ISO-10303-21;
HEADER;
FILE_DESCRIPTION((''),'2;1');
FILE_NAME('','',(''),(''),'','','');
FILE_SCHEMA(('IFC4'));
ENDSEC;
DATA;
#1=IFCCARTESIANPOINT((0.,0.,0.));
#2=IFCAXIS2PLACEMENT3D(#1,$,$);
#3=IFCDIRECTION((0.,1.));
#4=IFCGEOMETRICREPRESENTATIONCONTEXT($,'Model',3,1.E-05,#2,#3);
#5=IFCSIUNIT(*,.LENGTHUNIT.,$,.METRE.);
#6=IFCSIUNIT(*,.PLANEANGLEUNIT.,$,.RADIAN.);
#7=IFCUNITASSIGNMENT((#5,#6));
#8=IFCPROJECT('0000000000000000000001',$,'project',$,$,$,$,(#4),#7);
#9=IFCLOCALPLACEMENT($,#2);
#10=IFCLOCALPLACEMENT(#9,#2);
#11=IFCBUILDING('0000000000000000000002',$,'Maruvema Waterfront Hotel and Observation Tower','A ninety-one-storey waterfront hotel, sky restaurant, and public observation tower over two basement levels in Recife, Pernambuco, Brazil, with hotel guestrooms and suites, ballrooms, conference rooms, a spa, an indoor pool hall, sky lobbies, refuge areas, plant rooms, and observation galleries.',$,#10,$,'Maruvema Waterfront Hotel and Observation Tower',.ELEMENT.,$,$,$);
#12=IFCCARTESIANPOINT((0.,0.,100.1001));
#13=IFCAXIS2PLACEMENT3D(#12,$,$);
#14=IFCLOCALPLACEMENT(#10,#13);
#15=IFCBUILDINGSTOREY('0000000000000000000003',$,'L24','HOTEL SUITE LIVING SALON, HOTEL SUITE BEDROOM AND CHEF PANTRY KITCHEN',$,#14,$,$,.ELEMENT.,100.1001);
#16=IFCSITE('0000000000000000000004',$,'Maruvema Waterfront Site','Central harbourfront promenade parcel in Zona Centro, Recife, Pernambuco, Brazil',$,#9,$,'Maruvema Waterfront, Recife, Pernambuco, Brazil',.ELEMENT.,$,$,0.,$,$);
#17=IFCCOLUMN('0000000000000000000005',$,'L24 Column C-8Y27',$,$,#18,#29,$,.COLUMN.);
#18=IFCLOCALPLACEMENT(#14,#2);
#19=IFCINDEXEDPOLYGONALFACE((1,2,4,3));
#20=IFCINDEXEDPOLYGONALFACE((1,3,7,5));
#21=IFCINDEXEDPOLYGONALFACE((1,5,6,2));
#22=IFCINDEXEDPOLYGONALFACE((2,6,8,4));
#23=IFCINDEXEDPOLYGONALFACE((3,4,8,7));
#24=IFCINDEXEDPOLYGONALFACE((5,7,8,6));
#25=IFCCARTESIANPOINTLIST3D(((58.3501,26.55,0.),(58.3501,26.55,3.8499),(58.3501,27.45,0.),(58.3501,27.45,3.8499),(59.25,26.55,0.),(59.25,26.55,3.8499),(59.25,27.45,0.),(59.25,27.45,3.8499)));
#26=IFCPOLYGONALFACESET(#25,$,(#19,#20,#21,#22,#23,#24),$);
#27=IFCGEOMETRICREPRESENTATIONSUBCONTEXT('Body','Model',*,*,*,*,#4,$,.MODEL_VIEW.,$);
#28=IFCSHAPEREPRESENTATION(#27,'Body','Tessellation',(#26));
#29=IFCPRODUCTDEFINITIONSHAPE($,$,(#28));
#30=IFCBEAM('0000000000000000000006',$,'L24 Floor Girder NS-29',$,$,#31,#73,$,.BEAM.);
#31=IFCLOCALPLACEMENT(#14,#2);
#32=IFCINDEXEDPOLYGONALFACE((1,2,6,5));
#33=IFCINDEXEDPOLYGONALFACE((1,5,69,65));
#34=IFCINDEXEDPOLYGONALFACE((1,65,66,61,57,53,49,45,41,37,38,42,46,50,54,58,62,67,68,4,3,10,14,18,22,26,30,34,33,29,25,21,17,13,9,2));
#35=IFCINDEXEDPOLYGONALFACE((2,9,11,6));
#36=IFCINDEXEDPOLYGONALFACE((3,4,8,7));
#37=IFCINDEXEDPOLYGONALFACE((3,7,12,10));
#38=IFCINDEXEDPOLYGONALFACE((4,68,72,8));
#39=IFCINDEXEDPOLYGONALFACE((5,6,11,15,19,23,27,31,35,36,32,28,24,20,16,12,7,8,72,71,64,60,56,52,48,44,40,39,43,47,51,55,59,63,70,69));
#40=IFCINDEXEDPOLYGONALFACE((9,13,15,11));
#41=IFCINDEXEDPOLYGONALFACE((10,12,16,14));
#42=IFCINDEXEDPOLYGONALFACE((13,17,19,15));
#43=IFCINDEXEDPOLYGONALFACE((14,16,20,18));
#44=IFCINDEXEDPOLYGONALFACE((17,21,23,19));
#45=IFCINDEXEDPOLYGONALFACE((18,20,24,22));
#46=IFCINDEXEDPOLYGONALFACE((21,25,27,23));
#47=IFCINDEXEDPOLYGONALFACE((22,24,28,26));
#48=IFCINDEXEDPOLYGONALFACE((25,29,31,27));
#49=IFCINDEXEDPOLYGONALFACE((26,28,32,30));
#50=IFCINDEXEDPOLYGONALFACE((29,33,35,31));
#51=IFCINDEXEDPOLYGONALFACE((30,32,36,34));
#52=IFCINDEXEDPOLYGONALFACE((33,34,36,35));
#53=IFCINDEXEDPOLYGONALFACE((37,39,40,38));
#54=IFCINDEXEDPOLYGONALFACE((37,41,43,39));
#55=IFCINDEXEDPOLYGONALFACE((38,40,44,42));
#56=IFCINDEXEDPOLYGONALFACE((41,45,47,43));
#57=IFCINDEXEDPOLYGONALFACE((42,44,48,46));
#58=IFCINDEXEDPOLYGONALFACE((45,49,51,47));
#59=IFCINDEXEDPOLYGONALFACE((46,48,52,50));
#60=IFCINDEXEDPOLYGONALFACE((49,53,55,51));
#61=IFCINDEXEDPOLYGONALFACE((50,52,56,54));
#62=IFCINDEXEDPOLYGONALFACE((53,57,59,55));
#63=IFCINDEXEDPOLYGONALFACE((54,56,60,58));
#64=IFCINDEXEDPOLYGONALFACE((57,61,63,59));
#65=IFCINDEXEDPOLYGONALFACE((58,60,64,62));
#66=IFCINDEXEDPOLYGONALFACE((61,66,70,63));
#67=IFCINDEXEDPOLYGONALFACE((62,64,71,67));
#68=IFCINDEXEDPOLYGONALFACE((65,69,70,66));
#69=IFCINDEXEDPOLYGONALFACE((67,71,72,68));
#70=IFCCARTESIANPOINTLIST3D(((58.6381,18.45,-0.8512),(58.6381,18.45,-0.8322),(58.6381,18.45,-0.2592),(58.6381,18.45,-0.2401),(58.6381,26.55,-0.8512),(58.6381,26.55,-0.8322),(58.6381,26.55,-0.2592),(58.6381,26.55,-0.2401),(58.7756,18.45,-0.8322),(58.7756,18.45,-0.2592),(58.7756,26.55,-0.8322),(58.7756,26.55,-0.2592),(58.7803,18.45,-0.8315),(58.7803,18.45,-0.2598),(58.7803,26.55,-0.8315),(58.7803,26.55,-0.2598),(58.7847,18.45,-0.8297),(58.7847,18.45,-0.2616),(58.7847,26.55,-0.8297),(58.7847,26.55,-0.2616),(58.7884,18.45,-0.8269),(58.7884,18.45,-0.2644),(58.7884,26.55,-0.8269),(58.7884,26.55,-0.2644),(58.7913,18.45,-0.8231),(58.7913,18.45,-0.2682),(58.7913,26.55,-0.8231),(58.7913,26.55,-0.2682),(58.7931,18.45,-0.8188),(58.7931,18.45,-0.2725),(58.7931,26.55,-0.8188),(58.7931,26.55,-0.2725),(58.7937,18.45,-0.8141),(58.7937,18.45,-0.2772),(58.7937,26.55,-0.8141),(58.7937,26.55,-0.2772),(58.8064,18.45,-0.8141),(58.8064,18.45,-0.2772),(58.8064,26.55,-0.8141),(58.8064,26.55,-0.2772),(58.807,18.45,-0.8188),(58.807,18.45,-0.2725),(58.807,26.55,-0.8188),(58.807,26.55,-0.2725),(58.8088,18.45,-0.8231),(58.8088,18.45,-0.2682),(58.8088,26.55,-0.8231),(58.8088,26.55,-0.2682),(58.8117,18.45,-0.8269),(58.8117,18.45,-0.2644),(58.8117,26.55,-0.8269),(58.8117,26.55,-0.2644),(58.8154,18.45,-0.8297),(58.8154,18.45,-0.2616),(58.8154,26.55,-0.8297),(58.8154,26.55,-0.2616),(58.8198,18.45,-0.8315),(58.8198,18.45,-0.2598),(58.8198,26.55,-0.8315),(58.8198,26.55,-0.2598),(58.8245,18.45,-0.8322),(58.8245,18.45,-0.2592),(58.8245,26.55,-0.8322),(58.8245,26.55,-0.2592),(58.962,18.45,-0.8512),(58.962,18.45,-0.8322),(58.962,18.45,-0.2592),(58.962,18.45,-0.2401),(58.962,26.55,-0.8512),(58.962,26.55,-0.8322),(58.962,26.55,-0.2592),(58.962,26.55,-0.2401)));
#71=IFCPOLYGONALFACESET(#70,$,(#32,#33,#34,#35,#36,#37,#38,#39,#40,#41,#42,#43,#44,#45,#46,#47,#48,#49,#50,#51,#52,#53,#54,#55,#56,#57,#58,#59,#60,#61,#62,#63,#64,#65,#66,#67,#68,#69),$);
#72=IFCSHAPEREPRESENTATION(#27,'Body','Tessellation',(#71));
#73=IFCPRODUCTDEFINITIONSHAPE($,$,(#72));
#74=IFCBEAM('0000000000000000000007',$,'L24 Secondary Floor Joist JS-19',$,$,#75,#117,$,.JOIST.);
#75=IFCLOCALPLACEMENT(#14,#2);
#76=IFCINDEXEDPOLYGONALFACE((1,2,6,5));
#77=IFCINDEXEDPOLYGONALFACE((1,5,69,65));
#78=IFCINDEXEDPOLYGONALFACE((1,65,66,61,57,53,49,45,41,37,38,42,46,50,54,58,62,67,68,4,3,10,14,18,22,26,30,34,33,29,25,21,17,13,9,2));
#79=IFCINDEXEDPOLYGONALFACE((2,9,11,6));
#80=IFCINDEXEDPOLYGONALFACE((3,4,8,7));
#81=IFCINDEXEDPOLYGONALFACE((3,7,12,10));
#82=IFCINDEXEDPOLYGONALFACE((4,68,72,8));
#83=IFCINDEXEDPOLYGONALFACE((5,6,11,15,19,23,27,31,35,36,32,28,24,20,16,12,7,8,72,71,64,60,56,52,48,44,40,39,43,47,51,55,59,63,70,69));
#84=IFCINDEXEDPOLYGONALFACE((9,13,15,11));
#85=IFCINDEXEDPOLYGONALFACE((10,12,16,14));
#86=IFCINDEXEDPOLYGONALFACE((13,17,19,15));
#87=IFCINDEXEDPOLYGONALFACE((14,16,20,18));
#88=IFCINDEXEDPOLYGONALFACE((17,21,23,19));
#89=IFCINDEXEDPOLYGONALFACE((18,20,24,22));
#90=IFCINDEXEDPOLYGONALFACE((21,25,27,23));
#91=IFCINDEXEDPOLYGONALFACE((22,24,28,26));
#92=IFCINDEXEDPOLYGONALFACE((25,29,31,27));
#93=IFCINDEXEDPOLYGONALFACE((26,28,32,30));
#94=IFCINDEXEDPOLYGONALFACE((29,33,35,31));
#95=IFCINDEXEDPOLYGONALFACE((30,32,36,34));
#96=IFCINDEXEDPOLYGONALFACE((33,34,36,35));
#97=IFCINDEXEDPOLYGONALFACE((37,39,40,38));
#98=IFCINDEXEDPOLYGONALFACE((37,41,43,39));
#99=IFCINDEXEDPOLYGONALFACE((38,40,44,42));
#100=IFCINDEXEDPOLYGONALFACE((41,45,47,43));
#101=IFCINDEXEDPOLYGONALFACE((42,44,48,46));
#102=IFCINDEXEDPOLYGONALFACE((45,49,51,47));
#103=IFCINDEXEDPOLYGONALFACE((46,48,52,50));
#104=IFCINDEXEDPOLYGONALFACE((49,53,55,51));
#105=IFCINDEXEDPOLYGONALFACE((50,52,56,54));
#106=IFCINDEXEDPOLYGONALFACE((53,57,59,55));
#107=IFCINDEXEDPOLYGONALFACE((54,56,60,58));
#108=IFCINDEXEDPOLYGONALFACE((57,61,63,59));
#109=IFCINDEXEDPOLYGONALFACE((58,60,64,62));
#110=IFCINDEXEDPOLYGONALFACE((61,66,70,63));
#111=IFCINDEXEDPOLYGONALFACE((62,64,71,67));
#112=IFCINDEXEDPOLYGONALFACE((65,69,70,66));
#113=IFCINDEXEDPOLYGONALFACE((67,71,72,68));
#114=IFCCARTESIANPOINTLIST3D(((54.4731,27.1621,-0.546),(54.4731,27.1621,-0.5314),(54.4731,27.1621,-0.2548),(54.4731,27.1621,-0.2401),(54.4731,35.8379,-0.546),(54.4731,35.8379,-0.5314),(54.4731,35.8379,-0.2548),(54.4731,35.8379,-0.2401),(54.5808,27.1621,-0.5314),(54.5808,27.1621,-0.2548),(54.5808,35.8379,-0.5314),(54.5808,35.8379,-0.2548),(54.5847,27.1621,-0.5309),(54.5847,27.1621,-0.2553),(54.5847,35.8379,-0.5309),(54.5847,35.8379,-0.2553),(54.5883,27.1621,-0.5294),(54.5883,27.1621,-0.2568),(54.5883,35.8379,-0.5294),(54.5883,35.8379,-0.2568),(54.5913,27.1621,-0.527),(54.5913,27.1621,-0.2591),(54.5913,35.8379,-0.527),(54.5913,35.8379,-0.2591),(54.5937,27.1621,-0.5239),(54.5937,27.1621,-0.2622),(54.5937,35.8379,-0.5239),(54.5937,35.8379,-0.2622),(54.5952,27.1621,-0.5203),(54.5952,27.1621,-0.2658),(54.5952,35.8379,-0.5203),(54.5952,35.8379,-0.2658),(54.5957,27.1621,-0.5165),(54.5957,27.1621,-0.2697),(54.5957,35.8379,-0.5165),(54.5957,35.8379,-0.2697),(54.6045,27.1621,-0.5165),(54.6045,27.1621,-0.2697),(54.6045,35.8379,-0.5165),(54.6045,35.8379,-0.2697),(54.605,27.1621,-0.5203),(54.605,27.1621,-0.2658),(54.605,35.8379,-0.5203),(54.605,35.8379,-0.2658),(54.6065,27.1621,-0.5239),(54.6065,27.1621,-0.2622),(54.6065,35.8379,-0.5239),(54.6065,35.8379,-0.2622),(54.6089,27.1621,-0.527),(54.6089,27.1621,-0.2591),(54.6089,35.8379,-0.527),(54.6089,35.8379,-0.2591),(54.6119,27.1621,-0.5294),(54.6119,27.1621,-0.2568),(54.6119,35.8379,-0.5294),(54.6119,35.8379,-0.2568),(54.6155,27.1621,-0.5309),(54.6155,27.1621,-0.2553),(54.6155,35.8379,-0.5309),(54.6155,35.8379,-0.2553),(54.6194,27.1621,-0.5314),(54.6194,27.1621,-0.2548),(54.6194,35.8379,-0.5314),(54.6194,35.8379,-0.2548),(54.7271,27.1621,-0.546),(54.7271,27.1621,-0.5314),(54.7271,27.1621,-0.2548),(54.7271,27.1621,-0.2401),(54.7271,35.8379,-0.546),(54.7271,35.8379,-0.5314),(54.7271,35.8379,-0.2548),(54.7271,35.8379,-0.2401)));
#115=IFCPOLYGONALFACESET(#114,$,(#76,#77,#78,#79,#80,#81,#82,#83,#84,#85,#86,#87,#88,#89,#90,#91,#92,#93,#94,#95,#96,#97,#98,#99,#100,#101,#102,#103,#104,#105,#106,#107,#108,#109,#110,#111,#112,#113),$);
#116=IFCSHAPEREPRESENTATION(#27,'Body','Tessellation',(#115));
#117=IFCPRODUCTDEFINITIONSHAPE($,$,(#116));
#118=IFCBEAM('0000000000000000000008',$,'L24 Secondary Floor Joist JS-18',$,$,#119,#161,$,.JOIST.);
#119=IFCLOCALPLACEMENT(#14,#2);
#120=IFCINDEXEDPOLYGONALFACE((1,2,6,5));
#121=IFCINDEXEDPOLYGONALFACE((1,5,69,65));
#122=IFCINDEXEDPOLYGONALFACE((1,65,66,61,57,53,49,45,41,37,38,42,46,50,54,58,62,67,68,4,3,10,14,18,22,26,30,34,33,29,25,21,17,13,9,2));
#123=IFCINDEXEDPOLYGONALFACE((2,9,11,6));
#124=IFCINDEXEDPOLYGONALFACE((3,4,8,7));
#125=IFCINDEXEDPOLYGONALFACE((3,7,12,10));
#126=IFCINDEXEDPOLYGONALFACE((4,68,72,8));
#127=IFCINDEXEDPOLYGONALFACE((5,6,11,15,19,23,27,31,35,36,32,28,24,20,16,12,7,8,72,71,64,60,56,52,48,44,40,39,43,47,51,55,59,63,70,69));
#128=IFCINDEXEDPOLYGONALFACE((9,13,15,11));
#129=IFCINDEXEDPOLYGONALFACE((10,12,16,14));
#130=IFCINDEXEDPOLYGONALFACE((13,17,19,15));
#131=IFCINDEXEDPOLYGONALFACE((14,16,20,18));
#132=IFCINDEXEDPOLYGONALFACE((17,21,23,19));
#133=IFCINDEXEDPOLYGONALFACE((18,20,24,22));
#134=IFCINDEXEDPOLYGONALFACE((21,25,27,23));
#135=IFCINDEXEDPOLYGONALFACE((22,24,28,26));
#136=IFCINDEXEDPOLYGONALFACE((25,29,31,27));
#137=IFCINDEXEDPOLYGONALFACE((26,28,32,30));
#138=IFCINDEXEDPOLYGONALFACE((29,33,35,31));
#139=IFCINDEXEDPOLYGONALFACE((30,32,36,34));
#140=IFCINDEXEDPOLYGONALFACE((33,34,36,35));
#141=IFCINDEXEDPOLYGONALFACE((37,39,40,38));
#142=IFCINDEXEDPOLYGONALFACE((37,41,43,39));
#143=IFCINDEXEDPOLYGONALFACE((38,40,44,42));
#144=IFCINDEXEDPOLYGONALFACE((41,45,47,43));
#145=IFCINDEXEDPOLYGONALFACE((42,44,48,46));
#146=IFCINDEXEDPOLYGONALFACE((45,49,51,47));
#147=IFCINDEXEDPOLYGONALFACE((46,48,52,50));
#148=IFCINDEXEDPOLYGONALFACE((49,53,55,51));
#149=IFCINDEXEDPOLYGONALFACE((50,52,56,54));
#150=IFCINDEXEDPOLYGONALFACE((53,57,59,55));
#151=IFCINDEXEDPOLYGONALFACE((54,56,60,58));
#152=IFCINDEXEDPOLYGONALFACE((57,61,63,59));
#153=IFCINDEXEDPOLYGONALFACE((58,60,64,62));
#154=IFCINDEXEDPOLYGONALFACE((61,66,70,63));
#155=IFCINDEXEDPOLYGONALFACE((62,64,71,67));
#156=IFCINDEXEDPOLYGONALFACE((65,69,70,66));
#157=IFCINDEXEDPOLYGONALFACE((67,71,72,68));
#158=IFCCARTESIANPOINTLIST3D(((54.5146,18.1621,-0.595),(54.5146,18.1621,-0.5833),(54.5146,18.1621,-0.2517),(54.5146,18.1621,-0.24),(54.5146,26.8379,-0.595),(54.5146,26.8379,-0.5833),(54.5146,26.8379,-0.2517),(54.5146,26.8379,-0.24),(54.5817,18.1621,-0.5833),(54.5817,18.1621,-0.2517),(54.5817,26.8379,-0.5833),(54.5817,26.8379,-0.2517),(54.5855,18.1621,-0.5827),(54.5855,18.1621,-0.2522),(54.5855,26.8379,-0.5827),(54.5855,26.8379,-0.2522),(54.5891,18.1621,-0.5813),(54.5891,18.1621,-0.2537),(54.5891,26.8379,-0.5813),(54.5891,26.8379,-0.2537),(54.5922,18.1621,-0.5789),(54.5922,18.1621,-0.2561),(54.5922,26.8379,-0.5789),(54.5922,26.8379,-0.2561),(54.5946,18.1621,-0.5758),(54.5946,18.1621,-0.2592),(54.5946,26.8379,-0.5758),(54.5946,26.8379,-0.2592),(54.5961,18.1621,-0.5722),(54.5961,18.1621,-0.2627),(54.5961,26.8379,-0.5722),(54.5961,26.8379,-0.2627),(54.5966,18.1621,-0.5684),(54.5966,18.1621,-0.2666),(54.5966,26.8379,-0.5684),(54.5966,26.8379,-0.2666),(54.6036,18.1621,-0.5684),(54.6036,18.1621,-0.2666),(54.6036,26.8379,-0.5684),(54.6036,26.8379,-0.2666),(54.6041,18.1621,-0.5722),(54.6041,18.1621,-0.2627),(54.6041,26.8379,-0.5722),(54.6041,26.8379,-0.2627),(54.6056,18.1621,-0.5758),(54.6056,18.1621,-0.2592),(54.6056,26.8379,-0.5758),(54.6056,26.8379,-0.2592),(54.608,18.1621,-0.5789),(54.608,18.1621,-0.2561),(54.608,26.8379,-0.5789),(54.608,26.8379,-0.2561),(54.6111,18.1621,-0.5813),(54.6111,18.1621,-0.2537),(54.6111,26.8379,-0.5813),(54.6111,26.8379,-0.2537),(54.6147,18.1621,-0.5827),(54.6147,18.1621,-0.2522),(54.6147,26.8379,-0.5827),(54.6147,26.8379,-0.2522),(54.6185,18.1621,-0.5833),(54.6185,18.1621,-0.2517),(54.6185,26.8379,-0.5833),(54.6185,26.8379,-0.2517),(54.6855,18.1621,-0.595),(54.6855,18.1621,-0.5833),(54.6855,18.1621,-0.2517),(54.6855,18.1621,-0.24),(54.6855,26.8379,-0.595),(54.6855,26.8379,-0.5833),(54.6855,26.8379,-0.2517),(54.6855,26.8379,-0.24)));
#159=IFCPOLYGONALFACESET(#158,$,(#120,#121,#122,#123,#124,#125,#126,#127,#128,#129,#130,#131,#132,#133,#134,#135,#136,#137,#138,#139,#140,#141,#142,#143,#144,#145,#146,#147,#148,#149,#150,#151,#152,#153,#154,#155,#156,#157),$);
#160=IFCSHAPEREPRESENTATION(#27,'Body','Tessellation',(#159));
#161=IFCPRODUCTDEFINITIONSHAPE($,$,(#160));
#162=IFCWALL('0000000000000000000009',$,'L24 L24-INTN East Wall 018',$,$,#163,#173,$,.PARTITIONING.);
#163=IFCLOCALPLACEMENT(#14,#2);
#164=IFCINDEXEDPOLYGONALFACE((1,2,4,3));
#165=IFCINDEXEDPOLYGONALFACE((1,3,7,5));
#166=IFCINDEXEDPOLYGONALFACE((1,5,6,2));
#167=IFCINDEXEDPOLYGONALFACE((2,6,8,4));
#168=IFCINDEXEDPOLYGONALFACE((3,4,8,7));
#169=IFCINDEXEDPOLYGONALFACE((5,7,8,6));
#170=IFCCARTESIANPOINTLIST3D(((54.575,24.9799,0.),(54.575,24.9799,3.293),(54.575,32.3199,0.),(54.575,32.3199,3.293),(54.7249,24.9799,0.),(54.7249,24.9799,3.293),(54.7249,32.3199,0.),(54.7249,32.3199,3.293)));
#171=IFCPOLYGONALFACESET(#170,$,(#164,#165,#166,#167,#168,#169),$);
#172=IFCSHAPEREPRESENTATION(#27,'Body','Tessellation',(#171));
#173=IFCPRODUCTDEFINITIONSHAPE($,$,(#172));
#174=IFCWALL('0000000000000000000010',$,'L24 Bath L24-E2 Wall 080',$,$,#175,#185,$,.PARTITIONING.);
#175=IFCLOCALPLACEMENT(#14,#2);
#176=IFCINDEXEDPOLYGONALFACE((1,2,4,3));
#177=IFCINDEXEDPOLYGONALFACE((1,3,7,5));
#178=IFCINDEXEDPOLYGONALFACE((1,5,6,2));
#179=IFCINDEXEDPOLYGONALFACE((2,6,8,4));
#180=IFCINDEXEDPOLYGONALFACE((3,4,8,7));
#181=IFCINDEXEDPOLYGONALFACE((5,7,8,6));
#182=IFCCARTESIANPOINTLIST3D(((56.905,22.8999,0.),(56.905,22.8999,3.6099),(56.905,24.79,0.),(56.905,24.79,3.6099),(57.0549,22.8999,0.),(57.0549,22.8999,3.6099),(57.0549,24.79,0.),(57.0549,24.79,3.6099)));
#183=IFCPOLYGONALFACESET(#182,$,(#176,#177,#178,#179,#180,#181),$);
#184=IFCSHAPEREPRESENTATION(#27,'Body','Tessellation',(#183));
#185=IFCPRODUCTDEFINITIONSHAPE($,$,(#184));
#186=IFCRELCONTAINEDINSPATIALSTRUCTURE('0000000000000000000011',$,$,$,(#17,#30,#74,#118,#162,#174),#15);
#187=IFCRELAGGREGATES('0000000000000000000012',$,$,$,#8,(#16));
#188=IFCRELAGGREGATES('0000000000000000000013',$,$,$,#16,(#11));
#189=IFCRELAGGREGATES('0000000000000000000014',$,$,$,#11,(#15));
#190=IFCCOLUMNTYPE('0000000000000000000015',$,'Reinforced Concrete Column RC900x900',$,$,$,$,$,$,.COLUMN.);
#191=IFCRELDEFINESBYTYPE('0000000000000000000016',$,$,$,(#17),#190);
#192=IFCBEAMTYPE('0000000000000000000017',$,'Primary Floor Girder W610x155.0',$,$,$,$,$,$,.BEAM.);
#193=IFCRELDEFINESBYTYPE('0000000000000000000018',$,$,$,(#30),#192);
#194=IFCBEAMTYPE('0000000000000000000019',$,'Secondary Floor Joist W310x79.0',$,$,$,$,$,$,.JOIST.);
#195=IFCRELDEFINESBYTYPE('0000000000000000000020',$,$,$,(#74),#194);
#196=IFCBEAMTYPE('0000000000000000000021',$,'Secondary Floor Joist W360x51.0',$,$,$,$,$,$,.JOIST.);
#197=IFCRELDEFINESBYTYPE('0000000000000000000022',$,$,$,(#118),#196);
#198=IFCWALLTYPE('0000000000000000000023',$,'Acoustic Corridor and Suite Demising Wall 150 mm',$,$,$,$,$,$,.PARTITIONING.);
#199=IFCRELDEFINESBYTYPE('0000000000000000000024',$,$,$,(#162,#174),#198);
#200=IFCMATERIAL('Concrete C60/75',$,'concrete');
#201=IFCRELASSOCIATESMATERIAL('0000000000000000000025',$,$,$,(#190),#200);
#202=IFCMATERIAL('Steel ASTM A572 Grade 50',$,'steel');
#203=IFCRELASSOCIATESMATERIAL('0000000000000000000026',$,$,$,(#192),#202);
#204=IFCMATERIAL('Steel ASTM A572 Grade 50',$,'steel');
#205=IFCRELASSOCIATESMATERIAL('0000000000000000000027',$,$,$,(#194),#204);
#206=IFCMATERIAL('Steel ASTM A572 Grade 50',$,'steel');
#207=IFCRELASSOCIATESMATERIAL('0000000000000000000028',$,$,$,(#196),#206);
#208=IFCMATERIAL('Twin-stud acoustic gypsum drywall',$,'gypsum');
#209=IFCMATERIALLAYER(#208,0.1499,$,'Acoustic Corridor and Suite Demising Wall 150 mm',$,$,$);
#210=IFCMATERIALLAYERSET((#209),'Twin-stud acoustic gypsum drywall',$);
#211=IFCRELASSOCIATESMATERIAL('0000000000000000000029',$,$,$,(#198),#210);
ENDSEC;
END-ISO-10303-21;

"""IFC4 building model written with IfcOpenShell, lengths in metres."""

from ifc_helpers import new_model, si_unit, direction, frame, frame_2d, origin, origin_2d, place, context, subcontext, project, spatial, rectangle, i_section, extrude, material, layer, layer_set, material_profile, profile_set, type_object, element, save


model = new_model("IFC4")

# Units and contexts
model_context = context("Model", 3, precision=1e-05, world=origin(), true_north=direction((0.0, 1.0)))
body_context = subcontext(model_context, "Body", "Model", "MODEL_VIEW")
ifc_project = project(units=[si_unit("LENGTHUNIT", "METRE"), si_unit("PLANEANGLEUNIT", "RADIAN")], contexts=[model_context])

# Site, building, storey
site_placement = place(None, origin())
site = spatial("IfcSite", under=ifc_project, at=site_placement, Name="Maruvema Waterfront Site", Description="Central harbourfront promenade parcel in Zona Centro, Recife, Pernambuco, Brazil", LongName="Maruvema Waterfront, Recife, Pernambuco, Brazil", CompositionType="ELEMENT", RefElevation=0.0)
building_placement = place(site_placement, origin())
building = spatial("IfcBuilding", under=site, at=building_placement, Name="Maruvema Waterfront Hotel and Observation Tower", Description="A ninety-one-storey waterfront hotel, sky restaurant, and public observation tower over two basement levels in Recife, Pernambuco, Brazil, with hotel guestrooms and suites, ballrooms, conference rooms, a spa, an indoor pool hall, sky lobbies, refuge areas, plant rooms, and observation galleries.", LongName="Maruvema Waterfront Hotel and Observation Tower", CompositionType="ELEMENT")
storey_placement = place(building_placement, frame((0.0, 0.0, 100.1001)))
storey = spatial("IfcBuildingStorey", under=building, at=storey_placement, Name="L24", Description="HOTEL SUITE LIVING SALON, HOTEL SUITE BEDROOM AND CHEF PANTRY KITCHEN", CompositionType="ELEMENT", Elevation=100.1001)

# Column
ifc_material_1 = material(Name="Concrete C60/75", Category="concrete")
ifc_material_profile_1 = material_profile(ifc_material_1, rectangle(XDim=0.8999, YDim=0.8999, at=origin_2d()), Name="RC900x900")
ifc_profile_set_1 = profile_set([ifc_material_profile_1], Name="Concrete C60/75")
column_type = type_object("IfcColumnType", Name="Reinforced Concrete Column RC900x900", PredefinedType="COLUMN", material=ifc_profile_set_1)
column_placement = place(storey_placement, frame((58.8, 27.0, 0.0), z_axis=(0.0, 0.0, 1.0), x_axis=(1.0, 0.0, 0.0)))
element("IfcColumn", 1, at=column_placement, inside=storey, type_object=column_type, Name="L24 Column C-8Y27", PredefinedType="COLUMN", context=body_context, shape_type="SweptSolid", body=[
    extrude(rectangle(XDim=0.8999, YDim=0.8999, at=origin_2d()), origin(), (0.0, 0.0, 1.0), 3.8499),
])

# Beams
ifc_material_2 = material(Name="Steel ASTM A572 Grade 50", Category="steel")
ifc_material_profile_2 = material_profile(ifc_material_2, i_section(OverallWidth=0.324, OverallDepth=0.6111, WebThickness=0.0127, FlangeThickness=0.019, FilletRadius=0.0181, at=origin_2d()), Name="W610x155.0")
ifc_profile_set_2 = profile_set([ifc_material_profile_2], Name="Steel ASTM A572 Grade 50")
beam_type_1 = type_object("IfcBeamType", Name="Primary Floor Girder W610x155.0", PredefinedType="BEAM", material=ifc_profile_set_2)
beam_1_placement = place(storey_placement, frame((58.8, 18.45, -0.5457), z_axis=(0.0, 1.0, 0.0), x_axis=(-1.0, 0.0, 0.0)))
element("IfcBeam", 2, at=beam_1_placement, inside=storey, type_object=beam_type_1, Name="L24 Floor Girder NS-29", PredefinedType="BEAM", context=body_context, shape_type="SweptSolid", body=[
    extrude(i_section(OverallWidth=0.324, OverallDepth=0.6111, WebThickness=0.0127, FlangeThickness=0.019, FilletRadius=0.0181, at=origin_2d()), origin(), (0.0, 0.0, 1.0), 8.1001),
])
ifc_material_3 = material(Name="Steel ASTM A572 Grade 50", Category="steel")
ifc_material_profile_3 = material_profile(ifc_material_3, i_section(OverallWidth=0.2539, OverallDepth=0.3059, WebThickness=0.0088, FlangeThickness=0.0146, FilletRadius=0.0149, at=origin_2d()), Name="W310x79.0")
ifc_profile_set_3 = profile_set([ifc_material_profile_3], Name="Steel ASTM A572 Grade 50")
beam_type_2 = type_object("IfcBeamType", Name="Secondary Floor Joist W310x79.0", PredefinedType="JOIST", material=ifc_profile_set_3)
beam_2_placement = place(storey_placement, frame((54.6001, 27.1621, -0.3931), z_axis=(0.0, 1.0, 0.0), x_axis=(-1.0, 0.0, 0.0)))
element("IfcBeam", 3, at=beam_2_placement, inside=storey, type_object=beam_type_2, Name="L24 Secondary Floor Joist JS-19", PredefinedType="JOIST", context=body_context, shape_type="SweptSolid", body=[
    extrude(i_section(OverallWidth=0.2539, OverallDepth=0.3059, WebThickness=0.0088, FlangeThickness=0.0146, FilletRadius=0.0149, at=origin_2d()), origin(), (0.0, 0.0, 1.0), 8.6758),
])
ifc_material_4 = material(Name="Steel ASTM A572 Grade 50", Category="steel")
ifc_material_profile_4 = material_profile(ifc_material_4, i_section(OverallWidth=0.1709, OverallDepth=0.355, WebThickness=0.0071, FlangeThickness=0.0117, FilletRadius=0.0149, at=origin_2d()), Name="W360x51.0")
ifc_profile_set_4 = profile_set([ifc_material_profile_4], Name="Steel ASTM A572 Grade 50")
beam_type_3 = type_object("IfcBeamType", Name="Secondary Floor Joist W360x51.0", PredefinedType="JOIST", material=ifc_profile_set_4)
beam_3_placement = place(storey_placement, frame((54.6001, 18.1621, -0.4175), z_axis=(0.0, 1.0, 0.0), x_axis=(-1.0, 0.0, 0.0)))
element("IfcBeam", 4, at=beam_3_placement, inside=storey, type_object=beam_type_3, Name="L24 Secondary Floor Joist JS-18", PredefinedType="JOIST", context=body_context, shape_type="SweptSolid", body=[
    extrude(i_section(OverallWidth=0.1709, OverallDepth=0.355, WebThickness=0.0071, FlangeThickness=0.0117, FilletRadius=0.0149, at=origin_2d()), origin(), (0.0, 0.0, 1.0), 8.6758),
])

# Wall
ifc_material_5 = material(Name="Twin-stud acoustic gypsum drywall", Category="gypsum")
ifc_layer_1 = layer(ifc_material_5, 0.1499, Name="Acoustic Corridor and Suite Demising Wall 150 mm")
ifc_layer_set_1 = layer_set([ifc_layer_1], Name="Twin-stud acoustic gypsum drywall")
wall_type_1 = type_object("IfcWallType", Name="Acoustic Corridor and Suite Demising Wall 150 mm", PredefinedType="PARTITIONING", material=ifc_layer_set_1)
wall_1_placement = place(storey_placement, frame((54.6499, 24.98, 0.0), z_axis=(0.0, 0.0, 1.0), x_axis=(0.0, 1.0, 0.0)))
element("IfcWall", 5, at=wall_1_placement, inside=storey, type_object=wall_type_1, Name="L24 L24-INTN East Wall 018", PredefinedType="PARTITIONING", context=body_context, shape_type="SweptSolid", body=[
    extrude(rectangle(XDim=7.3401, YDim=0.1499, at=frame_2d((3.6699, 0.0))), origin(), (0.0, 0.0, 1.0), 3.293),
])

# Wall
wall_2_placement = place(storey_placement, frame((56.98, 22.8999, 0.0), z_axis=(0.0, 0.0, 1.0), x_axis=(0.0, 1.0, 0.0)))
element("IfcWall", 6, at=wall_2_placement, inside=storey, type_object=wall_type_1, Name="L24 Bath L24-E2 Wall 080", PredefinedType="PARTITIONING", context=body_context, shape_type="SweptSolid", body=[
    extrude(rectangle(XDim=1.8901, YDim=0.1499, at=frame_2d((0.9451, 0.0))), origin(), (0.0, 0.0, 1.0), 3.6099),
])

save(model, "model.ifc")
